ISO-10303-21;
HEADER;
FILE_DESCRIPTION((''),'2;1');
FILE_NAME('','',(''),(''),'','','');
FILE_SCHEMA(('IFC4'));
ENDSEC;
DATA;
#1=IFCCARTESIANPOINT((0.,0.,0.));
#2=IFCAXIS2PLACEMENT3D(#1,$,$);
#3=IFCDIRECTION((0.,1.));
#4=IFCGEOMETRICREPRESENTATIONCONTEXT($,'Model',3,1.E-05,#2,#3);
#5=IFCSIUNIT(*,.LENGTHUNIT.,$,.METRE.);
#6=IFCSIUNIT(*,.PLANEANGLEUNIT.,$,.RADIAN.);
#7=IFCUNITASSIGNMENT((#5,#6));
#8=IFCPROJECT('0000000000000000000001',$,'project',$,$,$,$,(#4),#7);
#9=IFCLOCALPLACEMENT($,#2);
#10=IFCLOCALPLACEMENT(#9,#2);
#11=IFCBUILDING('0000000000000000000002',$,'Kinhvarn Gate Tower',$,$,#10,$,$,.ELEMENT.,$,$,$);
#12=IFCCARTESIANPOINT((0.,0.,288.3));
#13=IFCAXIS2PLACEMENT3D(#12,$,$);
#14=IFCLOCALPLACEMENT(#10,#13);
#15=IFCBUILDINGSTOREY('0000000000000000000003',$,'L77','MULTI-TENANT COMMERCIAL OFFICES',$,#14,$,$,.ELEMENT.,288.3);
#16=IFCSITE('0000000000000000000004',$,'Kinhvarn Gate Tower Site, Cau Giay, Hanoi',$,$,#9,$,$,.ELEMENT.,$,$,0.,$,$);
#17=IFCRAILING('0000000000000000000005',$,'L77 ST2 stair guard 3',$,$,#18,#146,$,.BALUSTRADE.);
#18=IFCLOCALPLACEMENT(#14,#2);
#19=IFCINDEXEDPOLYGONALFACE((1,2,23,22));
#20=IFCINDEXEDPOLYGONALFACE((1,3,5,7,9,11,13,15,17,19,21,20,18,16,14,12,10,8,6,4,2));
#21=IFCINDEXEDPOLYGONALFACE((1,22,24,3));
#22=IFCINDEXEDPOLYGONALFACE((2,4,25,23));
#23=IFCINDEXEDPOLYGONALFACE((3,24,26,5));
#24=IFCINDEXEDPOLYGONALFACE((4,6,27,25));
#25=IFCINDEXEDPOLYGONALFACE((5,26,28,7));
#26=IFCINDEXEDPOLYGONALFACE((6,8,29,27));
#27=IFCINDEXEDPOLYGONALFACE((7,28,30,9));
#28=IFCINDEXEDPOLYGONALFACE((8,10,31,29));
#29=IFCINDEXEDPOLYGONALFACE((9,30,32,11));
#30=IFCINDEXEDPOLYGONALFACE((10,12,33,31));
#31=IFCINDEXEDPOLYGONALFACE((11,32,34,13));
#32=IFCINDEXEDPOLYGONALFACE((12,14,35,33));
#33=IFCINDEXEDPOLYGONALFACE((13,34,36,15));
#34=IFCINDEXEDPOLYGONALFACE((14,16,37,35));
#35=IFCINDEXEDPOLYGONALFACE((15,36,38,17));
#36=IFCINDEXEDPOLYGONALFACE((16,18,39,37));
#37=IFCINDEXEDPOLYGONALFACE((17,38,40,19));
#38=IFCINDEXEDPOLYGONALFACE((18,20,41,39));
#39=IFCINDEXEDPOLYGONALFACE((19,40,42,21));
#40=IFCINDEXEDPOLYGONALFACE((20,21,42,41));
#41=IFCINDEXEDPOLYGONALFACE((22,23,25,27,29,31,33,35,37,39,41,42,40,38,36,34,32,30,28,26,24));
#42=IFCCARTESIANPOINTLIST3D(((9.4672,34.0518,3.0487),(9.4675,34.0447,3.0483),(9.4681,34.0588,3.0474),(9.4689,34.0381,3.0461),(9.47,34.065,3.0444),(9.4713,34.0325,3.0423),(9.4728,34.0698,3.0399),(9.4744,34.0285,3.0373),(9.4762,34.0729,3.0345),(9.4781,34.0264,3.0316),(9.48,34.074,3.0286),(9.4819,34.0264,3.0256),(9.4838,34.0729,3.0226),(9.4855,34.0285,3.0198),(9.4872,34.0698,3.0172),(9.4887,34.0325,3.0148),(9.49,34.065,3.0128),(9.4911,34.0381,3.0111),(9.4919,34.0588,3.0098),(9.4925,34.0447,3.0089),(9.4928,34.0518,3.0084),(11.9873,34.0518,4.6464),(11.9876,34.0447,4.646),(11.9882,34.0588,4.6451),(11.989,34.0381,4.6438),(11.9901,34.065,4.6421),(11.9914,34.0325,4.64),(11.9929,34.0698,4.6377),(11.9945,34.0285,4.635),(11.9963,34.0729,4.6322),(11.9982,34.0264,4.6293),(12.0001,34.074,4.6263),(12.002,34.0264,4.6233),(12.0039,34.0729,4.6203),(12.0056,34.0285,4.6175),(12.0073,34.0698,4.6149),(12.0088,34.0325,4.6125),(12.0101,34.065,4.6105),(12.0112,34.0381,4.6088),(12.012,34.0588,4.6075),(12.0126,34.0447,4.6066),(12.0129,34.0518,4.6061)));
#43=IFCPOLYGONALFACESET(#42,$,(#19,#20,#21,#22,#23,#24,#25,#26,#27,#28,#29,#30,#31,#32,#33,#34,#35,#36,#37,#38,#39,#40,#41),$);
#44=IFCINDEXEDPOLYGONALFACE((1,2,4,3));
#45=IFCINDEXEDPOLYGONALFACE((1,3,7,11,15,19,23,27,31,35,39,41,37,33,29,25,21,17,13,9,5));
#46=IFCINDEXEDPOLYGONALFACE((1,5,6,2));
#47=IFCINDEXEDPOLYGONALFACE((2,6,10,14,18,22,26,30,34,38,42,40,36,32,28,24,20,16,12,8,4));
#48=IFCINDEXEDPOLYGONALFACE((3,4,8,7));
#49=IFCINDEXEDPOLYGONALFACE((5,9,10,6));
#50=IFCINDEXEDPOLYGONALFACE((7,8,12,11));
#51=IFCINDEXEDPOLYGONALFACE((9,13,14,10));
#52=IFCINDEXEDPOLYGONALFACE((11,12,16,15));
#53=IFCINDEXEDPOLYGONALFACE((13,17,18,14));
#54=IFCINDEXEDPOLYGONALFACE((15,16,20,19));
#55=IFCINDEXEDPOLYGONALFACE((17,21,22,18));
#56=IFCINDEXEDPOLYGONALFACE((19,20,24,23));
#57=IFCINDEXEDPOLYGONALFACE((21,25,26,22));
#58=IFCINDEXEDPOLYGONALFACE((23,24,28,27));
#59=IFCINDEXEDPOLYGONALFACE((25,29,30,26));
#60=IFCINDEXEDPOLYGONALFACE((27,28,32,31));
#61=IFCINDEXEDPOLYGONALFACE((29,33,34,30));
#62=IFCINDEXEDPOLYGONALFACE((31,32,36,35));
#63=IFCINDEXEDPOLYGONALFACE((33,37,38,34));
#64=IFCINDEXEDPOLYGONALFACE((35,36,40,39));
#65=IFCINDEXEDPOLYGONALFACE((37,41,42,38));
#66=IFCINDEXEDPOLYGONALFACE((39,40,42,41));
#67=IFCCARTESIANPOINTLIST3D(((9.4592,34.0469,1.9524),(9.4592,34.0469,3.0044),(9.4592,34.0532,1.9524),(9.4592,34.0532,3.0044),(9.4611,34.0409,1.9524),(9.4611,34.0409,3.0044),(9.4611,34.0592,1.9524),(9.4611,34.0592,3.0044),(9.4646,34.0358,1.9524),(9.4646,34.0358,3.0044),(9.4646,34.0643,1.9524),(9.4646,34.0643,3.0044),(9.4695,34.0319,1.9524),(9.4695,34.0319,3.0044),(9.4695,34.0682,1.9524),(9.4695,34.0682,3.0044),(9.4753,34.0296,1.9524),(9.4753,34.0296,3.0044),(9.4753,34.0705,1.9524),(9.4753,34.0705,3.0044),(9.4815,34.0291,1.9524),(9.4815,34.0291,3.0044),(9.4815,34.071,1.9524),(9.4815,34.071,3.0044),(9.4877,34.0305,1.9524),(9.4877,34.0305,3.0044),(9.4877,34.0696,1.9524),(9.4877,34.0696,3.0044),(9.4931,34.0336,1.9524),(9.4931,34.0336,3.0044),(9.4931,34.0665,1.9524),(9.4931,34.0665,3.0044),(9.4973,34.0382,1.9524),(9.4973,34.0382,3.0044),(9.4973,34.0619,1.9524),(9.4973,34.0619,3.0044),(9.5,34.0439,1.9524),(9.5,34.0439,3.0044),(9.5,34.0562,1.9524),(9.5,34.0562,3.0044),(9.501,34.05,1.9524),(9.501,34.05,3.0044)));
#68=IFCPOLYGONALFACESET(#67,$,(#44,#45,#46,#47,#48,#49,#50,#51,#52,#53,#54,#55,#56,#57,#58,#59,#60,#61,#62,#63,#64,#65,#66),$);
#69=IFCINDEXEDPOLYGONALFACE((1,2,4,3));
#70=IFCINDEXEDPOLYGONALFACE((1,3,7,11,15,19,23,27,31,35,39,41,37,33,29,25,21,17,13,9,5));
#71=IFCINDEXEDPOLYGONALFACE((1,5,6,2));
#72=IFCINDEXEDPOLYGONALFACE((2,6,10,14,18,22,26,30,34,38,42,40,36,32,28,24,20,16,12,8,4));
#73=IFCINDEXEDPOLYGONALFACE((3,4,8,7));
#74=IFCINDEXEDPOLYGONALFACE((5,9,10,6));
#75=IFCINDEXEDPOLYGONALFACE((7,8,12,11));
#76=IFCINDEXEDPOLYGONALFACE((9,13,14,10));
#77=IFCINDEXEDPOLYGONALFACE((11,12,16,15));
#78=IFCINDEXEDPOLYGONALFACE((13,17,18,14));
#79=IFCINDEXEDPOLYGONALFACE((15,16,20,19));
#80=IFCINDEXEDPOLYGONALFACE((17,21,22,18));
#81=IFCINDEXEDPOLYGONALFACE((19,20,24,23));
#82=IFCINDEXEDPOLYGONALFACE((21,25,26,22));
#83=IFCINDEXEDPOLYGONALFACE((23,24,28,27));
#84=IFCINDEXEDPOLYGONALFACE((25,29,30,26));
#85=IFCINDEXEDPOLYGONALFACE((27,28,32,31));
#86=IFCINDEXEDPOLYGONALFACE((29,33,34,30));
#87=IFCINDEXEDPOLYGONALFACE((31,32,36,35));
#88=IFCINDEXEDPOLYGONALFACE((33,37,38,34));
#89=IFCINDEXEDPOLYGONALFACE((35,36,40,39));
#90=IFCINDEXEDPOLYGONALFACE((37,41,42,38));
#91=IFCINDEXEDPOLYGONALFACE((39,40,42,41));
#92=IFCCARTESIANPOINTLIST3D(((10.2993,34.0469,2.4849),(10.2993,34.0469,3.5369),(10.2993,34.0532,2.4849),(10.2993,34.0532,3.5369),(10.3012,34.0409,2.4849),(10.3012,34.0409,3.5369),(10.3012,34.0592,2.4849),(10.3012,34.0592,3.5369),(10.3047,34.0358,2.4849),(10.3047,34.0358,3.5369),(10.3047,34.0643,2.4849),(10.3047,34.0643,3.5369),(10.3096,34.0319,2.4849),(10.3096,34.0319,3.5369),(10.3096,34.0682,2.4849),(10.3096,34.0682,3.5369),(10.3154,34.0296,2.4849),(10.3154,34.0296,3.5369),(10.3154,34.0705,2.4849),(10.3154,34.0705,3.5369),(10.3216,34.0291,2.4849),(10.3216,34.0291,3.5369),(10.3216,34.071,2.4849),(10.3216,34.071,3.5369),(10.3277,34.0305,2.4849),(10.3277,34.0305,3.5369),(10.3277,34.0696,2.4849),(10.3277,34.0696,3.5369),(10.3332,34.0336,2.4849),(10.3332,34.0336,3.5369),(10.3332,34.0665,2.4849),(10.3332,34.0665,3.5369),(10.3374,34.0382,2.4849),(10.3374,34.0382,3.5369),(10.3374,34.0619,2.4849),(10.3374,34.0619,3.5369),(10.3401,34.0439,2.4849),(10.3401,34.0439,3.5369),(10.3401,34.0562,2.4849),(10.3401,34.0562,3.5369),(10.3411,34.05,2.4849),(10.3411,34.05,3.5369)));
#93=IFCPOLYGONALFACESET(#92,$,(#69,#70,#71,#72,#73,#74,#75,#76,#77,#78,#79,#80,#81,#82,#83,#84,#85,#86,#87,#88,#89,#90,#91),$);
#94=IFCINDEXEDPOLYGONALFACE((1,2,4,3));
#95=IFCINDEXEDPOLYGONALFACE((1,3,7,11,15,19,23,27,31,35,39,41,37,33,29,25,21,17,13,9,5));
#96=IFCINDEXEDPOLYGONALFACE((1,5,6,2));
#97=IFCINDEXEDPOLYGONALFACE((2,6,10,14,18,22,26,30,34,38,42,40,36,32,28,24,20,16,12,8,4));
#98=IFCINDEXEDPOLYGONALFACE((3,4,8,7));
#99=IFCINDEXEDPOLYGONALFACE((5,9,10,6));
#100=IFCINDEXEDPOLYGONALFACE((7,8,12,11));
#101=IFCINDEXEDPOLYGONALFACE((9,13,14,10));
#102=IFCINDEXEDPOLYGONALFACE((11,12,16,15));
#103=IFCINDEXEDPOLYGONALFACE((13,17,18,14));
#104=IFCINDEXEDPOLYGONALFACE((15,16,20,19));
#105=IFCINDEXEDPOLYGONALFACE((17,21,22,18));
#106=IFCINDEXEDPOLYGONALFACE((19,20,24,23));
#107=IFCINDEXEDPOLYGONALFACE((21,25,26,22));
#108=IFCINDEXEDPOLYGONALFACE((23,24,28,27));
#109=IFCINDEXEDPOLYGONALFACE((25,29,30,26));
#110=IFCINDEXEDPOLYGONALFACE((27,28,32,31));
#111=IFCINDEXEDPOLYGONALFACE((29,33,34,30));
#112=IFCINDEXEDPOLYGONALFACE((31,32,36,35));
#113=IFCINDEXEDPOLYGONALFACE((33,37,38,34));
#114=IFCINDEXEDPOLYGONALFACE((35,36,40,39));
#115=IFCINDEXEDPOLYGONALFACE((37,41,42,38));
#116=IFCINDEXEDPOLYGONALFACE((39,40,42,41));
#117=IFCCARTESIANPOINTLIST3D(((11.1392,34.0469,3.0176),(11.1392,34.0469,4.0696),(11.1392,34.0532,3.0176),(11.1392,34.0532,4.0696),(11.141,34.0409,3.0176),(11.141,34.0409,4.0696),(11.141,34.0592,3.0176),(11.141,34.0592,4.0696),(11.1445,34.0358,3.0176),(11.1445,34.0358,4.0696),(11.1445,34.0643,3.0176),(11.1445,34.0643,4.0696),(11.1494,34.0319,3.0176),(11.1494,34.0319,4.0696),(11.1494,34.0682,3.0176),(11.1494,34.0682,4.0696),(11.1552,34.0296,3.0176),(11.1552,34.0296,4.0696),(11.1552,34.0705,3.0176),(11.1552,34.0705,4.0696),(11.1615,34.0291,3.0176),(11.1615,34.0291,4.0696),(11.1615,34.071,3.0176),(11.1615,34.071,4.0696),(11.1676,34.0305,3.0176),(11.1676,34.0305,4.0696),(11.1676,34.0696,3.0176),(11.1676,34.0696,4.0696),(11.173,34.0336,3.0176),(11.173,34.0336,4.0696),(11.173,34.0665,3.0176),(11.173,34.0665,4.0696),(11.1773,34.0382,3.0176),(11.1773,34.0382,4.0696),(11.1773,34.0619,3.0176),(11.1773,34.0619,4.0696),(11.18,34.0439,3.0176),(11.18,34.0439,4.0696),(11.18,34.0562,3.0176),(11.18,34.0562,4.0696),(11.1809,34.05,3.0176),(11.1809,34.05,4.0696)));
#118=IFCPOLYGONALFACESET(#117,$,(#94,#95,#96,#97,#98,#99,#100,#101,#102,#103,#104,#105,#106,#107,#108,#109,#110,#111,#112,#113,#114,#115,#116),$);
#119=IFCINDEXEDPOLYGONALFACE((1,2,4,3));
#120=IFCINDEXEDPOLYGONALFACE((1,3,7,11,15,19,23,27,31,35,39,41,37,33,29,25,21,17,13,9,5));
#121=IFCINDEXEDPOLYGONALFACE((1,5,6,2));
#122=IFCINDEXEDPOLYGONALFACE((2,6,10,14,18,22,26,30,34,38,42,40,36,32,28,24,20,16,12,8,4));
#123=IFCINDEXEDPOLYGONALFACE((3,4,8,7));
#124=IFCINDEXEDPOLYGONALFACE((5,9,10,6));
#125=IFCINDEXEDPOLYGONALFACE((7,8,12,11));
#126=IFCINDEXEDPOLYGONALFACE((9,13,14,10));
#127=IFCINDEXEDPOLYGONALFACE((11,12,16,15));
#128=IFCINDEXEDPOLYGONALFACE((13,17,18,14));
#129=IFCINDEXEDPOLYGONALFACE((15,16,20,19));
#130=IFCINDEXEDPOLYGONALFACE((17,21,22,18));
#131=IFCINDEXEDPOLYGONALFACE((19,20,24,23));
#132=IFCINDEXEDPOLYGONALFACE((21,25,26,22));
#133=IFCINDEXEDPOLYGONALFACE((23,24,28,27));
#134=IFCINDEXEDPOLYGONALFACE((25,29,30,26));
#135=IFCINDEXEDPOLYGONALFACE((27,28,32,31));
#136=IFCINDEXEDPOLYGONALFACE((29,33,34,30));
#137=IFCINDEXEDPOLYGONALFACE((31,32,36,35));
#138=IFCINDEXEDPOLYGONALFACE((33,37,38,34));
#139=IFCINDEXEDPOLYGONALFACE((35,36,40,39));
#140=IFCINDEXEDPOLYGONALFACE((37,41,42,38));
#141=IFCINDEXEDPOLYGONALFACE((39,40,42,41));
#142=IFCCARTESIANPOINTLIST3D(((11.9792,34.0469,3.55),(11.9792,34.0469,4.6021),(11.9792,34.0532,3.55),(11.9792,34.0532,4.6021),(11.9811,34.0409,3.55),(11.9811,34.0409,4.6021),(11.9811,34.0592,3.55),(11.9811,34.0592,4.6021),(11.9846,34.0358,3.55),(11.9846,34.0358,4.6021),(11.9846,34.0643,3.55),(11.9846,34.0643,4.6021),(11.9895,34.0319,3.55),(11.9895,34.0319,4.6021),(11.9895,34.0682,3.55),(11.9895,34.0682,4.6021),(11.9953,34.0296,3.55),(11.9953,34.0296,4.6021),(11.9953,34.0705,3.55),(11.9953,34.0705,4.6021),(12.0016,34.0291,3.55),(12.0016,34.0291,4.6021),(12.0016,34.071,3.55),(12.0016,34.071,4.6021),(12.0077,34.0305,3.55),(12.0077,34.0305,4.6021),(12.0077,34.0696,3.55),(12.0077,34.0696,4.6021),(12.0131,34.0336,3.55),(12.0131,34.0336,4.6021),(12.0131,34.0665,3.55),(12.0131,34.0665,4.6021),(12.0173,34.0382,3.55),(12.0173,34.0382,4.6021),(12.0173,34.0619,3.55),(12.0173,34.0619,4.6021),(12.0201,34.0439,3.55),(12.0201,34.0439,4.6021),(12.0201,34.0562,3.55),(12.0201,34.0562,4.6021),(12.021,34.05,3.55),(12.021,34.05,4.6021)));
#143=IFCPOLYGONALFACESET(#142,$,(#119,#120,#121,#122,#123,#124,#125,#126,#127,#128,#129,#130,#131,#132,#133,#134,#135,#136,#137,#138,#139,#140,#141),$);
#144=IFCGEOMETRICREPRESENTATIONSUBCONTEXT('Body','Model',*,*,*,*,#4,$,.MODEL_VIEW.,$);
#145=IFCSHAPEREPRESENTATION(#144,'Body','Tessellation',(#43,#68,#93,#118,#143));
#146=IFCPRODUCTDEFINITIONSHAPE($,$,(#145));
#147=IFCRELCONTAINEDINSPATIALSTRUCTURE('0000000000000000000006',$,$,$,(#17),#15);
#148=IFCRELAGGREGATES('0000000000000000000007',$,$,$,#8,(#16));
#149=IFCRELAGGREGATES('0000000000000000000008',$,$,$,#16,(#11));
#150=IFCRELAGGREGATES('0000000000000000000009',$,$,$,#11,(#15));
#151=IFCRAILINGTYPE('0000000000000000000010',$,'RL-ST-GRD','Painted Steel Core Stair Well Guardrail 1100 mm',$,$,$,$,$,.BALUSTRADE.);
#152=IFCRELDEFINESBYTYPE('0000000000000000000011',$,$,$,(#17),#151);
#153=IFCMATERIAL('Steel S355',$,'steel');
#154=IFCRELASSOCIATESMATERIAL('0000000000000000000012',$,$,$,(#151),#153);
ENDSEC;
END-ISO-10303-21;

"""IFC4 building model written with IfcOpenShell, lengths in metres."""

from ifc_helpers import new_model, si_unit, direction, frame, origin, origin_2d, place, context, subcontext, project, spatial, circle, extrude, material, type_object, element, save


model = new_model("IFC4")

# Units and contexts
model_context = context("Model", 3, precision=1e-05, world=origin(), true_north=direction((0.0, 1.0)))
body_context = subcontext(model_context, "Body", "Model", "MODEL_VIEW")
ifc_project = project(units=[si_unit("LENGTHUNIT", "METRE"), si_unit("PLANEANGLEUNIT", "RADIAN")], contexts=[model_context])

# Site, building, storey
site_placement = place(None, origin())
site = spatial("IfcSite", under=ifc_project, at=site_placement, Name="Kinhvarn Gate Tower Site, Cau Giay, Hanoi", CompositionType="ELEMENT", RefElevation=0.0)
building_placement = place(site_placement, origin())
building = spatial("IfcBuilding", under=site, at=building_placement, Name="Kinhvarn Gate Tower", CompositionType="ELEMENT")
storey_placement = place(building_placement, frame((0.0, 0.0, 288.3)))
storey = spatial("IfcBuildingStorey", under=building, at=storey_placement, Name="L77", Description="MULTI-TENANT COMMERCIAL OFFICES", CompositionType="ELEMENT", Elevation=288.3)

# Railing
ifc_material_1 = material(Name="Steel S355", Category="steel")
railing_type_1 = type_object("IfcRailingType", Name="RL-ST-GRD", Description="Painted Steel Core Stair Well Guardrail 1100 mm", PredefinedType="BALUSTRADE", material=ifc_material_1)
railing_1_placement = place(storey_placement, frame((9.48, 34.05, 1.9524)))
element("IfcRailing", 1, at=railing_1_placement, inside=storey, type_object=railing_type_1, Name="L77 ST2 stair guard 3", PredefinedType="BALUSTRADE", context=body_context, shape_type="SweptSolid", body=[
    extrude(circle(Radius=0.0239, at=origin_2d()), frame((0.0, 0.0, 1.0762), z_axis=(0.84457, 0.0, 0.535445), x_axis=(0.0, 1.0, 0.0)), (0.0, 0.0, 1.0), 2.9839),
    extrude(circle(Radius=0.021, at=origin_2d()), origin(), (0.0, 0.0, 1.0), 1.052),
    extrude(circle(Radius=0.021, at=origin_2d()), frame((0.8401, 0.0, 0.5325)), (0.0, 0.0, 1.0), 1.052),
    extrude(circle(Radius=0.021, at=origin_2d()), frame((1.6799, 0.0, 1.0652)), (0.0, 0.0, 1.0), 1.052),
    extrude(circle(Radius=0.021, at=origin_2d()), frame((2.52, 0.0, 1.5977)), (0.0, 0.0, 1.0), 1.052),
])

save(model, "model.ifc")
